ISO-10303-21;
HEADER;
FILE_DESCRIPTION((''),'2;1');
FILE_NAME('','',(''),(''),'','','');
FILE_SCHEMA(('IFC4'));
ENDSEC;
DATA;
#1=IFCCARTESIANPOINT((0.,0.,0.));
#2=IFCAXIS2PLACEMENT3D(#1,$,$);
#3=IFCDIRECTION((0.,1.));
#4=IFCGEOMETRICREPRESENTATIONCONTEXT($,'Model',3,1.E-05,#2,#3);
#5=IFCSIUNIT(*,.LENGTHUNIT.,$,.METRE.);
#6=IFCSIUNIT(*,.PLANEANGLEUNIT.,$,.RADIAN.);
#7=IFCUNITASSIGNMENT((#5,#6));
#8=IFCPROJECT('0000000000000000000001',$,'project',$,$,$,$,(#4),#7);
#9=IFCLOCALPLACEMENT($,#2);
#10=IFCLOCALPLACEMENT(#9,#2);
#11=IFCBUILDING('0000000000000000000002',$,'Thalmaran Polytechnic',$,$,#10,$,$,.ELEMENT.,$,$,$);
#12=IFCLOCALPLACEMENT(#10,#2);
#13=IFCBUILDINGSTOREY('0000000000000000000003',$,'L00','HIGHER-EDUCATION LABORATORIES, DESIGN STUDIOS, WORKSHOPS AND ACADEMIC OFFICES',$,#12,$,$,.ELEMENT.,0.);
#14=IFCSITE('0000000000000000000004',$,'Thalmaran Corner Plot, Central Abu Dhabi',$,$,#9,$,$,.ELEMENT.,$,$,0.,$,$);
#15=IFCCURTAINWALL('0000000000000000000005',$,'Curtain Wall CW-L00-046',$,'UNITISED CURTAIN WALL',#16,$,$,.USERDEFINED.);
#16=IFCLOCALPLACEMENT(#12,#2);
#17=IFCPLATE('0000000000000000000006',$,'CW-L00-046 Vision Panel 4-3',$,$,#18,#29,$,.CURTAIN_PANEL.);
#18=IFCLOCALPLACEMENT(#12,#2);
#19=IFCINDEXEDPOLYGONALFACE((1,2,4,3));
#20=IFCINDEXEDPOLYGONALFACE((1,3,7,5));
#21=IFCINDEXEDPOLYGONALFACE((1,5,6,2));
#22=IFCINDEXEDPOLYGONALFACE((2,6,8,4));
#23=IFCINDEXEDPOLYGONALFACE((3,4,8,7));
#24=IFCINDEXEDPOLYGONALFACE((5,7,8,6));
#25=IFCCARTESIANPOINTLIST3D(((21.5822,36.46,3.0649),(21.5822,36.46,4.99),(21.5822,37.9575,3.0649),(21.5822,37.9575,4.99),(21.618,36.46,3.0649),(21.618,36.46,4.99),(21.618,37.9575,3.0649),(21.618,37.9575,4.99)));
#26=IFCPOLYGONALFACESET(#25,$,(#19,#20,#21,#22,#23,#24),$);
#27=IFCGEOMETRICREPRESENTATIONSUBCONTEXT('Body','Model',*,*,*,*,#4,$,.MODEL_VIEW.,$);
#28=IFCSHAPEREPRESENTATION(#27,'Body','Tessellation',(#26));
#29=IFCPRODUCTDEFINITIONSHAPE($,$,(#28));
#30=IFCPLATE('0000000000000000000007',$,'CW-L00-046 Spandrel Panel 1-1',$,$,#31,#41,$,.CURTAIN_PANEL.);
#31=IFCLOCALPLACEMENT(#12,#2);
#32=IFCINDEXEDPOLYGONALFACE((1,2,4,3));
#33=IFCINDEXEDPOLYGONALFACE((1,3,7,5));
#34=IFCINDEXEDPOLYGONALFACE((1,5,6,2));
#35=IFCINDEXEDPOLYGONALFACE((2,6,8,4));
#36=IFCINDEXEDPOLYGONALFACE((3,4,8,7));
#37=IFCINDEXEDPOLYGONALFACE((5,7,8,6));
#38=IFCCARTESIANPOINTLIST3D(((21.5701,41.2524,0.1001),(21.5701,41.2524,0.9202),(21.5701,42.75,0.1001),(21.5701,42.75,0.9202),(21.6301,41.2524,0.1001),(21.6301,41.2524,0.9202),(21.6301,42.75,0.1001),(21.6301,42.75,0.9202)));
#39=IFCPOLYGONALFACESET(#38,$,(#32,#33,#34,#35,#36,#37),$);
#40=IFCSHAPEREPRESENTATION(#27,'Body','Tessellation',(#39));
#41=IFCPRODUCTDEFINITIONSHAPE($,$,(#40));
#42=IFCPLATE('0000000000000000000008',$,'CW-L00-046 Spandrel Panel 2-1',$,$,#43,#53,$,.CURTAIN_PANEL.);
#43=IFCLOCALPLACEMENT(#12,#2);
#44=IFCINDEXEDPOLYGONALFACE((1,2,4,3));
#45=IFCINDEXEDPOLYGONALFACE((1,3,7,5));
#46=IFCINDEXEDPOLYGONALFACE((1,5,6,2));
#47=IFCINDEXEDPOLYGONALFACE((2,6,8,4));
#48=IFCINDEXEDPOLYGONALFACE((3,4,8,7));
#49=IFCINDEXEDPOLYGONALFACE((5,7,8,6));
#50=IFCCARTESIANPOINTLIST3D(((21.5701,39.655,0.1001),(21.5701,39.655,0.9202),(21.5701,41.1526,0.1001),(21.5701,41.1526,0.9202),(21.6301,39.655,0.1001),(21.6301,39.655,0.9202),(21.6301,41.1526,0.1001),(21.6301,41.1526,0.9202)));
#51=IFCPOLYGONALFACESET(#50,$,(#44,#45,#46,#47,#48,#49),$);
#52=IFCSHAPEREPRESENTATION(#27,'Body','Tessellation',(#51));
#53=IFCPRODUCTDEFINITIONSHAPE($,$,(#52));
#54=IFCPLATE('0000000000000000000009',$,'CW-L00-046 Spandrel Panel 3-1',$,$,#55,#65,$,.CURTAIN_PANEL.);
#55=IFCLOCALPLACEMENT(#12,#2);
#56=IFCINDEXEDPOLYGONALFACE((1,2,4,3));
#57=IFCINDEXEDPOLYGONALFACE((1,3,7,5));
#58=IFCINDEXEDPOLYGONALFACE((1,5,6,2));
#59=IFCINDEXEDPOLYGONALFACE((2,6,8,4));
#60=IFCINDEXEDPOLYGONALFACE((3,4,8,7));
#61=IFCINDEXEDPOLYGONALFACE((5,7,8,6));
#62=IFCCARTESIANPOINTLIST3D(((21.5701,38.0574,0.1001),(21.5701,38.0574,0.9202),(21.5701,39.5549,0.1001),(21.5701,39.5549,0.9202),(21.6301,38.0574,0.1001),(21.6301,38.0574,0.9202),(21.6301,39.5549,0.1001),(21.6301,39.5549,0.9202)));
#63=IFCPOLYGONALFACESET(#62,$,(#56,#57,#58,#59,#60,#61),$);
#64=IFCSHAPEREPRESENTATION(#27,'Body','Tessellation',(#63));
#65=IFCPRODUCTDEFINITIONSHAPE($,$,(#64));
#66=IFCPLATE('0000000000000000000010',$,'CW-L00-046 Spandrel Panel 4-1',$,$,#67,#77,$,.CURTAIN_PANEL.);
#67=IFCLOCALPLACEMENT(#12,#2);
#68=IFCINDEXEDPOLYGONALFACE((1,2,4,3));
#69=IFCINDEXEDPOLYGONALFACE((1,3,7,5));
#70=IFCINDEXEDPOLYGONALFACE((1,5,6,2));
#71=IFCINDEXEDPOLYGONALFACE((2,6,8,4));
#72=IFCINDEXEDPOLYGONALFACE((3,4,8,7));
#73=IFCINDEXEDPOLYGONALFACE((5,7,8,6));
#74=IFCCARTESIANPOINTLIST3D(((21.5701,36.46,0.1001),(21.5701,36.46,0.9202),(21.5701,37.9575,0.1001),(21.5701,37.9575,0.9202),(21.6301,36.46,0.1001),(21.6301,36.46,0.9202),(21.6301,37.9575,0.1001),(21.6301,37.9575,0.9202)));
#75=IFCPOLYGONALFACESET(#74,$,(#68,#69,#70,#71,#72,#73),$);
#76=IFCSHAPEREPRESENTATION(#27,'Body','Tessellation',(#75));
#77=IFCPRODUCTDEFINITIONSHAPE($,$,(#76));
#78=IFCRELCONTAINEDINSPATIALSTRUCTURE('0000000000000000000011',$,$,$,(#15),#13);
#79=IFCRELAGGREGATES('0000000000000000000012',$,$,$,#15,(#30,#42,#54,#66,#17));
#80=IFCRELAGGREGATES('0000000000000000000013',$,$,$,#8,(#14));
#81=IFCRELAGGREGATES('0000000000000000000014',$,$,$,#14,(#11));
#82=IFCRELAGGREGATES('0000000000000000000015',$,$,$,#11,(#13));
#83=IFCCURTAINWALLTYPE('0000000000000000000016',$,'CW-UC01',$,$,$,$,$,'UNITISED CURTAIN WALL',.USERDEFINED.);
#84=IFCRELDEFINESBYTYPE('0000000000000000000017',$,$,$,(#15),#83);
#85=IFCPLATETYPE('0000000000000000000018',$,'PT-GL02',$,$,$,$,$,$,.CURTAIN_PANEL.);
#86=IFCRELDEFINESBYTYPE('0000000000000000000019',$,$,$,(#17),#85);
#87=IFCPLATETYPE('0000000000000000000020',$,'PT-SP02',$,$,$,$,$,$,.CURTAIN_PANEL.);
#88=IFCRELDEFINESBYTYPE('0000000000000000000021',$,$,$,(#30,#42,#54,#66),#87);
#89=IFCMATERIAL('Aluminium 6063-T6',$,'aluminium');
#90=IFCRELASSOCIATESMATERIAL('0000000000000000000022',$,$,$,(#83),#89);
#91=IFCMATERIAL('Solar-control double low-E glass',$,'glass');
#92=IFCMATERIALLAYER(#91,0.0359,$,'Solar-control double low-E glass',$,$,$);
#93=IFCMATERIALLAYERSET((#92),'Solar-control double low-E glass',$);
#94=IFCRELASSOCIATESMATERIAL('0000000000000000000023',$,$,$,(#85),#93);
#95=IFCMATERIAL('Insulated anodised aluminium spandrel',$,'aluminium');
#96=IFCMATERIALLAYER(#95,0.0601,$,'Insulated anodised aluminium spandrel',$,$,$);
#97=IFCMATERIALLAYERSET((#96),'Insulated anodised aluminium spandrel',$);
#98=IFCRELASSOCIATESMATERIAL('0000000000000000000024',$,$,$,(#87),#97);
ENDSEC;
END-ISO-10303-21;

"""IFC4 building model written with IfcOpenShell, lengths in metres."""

from ifc_helpers import new_model, si_unit, direction, frame, origin, origin_2d, place, context, subcontext, project, spatial, rectangle, extrude, material, layer, layer_set, type_object, element, aggregate, save


model = new_model("IFC4")

# Units and contexts
model_context = context("Model", 3, precision=1e-05, world=origin(), true_north=direction((0.0, 1.0)))
body_context = subcontext(model_context, "Body", "Model", "MODEL_VIEW")
ifc_project = project(units=[si_unit("LENGTHUNIT", "METRE"), si_unit("PLANEANGLEUNIT", "RADIAN")], contexts=[model_context])

# Site, building, storey
site_placement = place(None, origin())
site = spatial("IfcSite", under=ifc_project, at=site_placement, Name="Thalmaran Corner Plot, Central Abu Dhabi", CompositionType="ELEMENT", RefElevation=0.0)
building_placement = place(site_placement, origin())
building = spatial("IfcBuilding", under=site, at=building_placement, Name="Thalmaran Polytechnic", CompositionType="ELEMENT")
storey_placement = place(building_placement, origin())
storey = spatial("IfcBuildingStorey", under=building, at=storey_placement, Name="L00", Description="HIGHER-EDUCATION LABORATORIES, DESIGN STUDIOS, WORKSHOPS AND ACADEMIC OFFICES", CompositionType="ELEMENT", Elevation=0.0)

# Shared definitions
ifc_material_1 = material(Name="Aluminium 6063-T6", Category="aluminium")
curtain_wall_type = type_object("IfcCurtainWallType", Name="CW-UC01", ElementType="UNITISED CURTAIN WALL", PredefinedType="USERDEFINED", material=ifc_material_1)

# Curtain wall
curtain_wall_1_placement = place(storey_placement, origin())
curtain_wall_1 = element("IfcCurtainWall", 1, at=curtain_wall_1_placement, inside=storey, type_object=curtain_wall_type, Name="Curtain Wall CW-L00-046", ObjectType="UNITISED CURTAIN WALL", PredefinedType="USERDEFINED")

# Plates
ifc_material_2 = material(Name="Solar-control double low-E glass", Category="glass")
ifc_layer_1 = layer(ifc_material_2, 0.0359, Name="Solar-control double low-E glass")
ifc_layer_set_1 = layer_set([ifc_layer_1], Name="Solar-control double low-E glass")
plate_type_1 = type_object("IfcPlateType", Name="PT-GL02", PredefinedType="CURTAIN_PANEL", material=ifc_layer_set_1)
plate_1_placement = place(storey_placement, frame((21.6001, 37.2087, 3.0649), z_axis=(0.0, 0.0, 1.0), x_axis=(0.0, -1.0, 0.0)))
plate_1 = element("IfcPlate", 2, at=plate_1_placement, type_object=plate_type_1, Name="CW-L00-046 Vision Panel 4-3", PredefinedType="CURTAIN_PANEL", context=body_context, shape_type="SweptSolid", body=[
    extrude(rectangle(XDim=1.4976, YDim=0.0359, at=origin_2d()), origin(), (0.0, 0.0, 1.0), 1.925),
])
ifc_material_3 = material(Name="Insulated anodised aluminium spandrel", Category="aluminium")
ifc_layer_2 = layer(ifc_material_3, 0.0601, Name="Insulated anodised aluminium spandrel")
ifc_layer_set_2 = layer_set([ifc_layer_2], Name="Insulated anodised aluminium spandrel")
plate_type_2 = type_object("IfcPlateType", Name="PT-SP02", PredefinedType="CURTAIN_PANEL", material=ifc_layer_set_2)
plate_2_placement = place(storey_placement, frame((21.6001, 42.0012, 0.1001), z_axis=(0.0, 0.0, 1.0), x_axis=(0.0, -1.0, 0.0)))
plate_2 = element("IfcPlate", 3, at=plate_2_placement, type_object=plate_type_2, Name="CW-L00-046 Spandrel Panel 1-1", PredefinedType="CURTAIN_PANEL", context=body_context, shape_type="SweptSolid", body=[
    extrude(rectangle(XDim=1.4976, YDim=0.0601, at=origin_2d()), origin(), (0.0, 0.0, 1.0), 0.8201),
])
plate_3_placement = place(storey_placement, frame((21.6001, 40.4038, 0.1001), z_axis=(0.0, 0.0, 1.0), x_axis=(0.0, -1.0, 0.0)))
plate_3 = element("IfcPlate", 4, at=plate_3_placement, type_object=plate_type_2, Name="CW-L00-046 Spandrel Panel 2-1", PredefinedType="CURTAIN_PANEL", context=body_context, shape_type="SweptSolid", body=[
    extrude(rectangle(XDim=1.4976, YDim=0.0601, at=origin_2d()), origin(), (0.0, 0.0, 1.0), 0.8201),
])
plate_4_placement = place(storey_placement, frame((21.6001, 38.8062, 0.1001), z_axis=(0.0, 0.0, 1.0), x_axis=(0.0, -1.0, 0.0)))
plate_4 = element("IfcPlate", 5, at=plate_4_placement, type_object=plate_type_2, Name="CW-L00-046 Spandrel Panel 3-1", PredefinedType="CURTAIN_PANEL", context=body_context, shape_type="SweptSolid", body=[
    extrude(rectangle(XDim=1.4976, YDim=0.0601, at=origin_2d()), origin(), (0.0, 0.0, 1.0), 0.8201),
])
plate_5_placement = place(storey_placement, frame((21.6001, 37.2087, 0.1001), z_axis=(0.0, 0.0, 1.0), x_axis=(0.0, -1.0, 0.0)))
plate_5 = element("IfcPlate", 6, at=plate_5_placement, type_object=plate_type_2, Name="CW-L00-046 Spandrel Panel 4-1", PredefinedType="CURTAIN_PANEL", context=body_context, shape_type="SweptSolid", body=[
    extrude(rectangle(XDim=1.4976, YDim=0.0601, at=origin_2d()), origin(), (0.0, 0.0, 1.0), 0.8201),
])
aggregate(curtain_wall_1, [plate_2, plate_3, plate_4, plate_5, plate_1])

save(model, "model.ifc")
